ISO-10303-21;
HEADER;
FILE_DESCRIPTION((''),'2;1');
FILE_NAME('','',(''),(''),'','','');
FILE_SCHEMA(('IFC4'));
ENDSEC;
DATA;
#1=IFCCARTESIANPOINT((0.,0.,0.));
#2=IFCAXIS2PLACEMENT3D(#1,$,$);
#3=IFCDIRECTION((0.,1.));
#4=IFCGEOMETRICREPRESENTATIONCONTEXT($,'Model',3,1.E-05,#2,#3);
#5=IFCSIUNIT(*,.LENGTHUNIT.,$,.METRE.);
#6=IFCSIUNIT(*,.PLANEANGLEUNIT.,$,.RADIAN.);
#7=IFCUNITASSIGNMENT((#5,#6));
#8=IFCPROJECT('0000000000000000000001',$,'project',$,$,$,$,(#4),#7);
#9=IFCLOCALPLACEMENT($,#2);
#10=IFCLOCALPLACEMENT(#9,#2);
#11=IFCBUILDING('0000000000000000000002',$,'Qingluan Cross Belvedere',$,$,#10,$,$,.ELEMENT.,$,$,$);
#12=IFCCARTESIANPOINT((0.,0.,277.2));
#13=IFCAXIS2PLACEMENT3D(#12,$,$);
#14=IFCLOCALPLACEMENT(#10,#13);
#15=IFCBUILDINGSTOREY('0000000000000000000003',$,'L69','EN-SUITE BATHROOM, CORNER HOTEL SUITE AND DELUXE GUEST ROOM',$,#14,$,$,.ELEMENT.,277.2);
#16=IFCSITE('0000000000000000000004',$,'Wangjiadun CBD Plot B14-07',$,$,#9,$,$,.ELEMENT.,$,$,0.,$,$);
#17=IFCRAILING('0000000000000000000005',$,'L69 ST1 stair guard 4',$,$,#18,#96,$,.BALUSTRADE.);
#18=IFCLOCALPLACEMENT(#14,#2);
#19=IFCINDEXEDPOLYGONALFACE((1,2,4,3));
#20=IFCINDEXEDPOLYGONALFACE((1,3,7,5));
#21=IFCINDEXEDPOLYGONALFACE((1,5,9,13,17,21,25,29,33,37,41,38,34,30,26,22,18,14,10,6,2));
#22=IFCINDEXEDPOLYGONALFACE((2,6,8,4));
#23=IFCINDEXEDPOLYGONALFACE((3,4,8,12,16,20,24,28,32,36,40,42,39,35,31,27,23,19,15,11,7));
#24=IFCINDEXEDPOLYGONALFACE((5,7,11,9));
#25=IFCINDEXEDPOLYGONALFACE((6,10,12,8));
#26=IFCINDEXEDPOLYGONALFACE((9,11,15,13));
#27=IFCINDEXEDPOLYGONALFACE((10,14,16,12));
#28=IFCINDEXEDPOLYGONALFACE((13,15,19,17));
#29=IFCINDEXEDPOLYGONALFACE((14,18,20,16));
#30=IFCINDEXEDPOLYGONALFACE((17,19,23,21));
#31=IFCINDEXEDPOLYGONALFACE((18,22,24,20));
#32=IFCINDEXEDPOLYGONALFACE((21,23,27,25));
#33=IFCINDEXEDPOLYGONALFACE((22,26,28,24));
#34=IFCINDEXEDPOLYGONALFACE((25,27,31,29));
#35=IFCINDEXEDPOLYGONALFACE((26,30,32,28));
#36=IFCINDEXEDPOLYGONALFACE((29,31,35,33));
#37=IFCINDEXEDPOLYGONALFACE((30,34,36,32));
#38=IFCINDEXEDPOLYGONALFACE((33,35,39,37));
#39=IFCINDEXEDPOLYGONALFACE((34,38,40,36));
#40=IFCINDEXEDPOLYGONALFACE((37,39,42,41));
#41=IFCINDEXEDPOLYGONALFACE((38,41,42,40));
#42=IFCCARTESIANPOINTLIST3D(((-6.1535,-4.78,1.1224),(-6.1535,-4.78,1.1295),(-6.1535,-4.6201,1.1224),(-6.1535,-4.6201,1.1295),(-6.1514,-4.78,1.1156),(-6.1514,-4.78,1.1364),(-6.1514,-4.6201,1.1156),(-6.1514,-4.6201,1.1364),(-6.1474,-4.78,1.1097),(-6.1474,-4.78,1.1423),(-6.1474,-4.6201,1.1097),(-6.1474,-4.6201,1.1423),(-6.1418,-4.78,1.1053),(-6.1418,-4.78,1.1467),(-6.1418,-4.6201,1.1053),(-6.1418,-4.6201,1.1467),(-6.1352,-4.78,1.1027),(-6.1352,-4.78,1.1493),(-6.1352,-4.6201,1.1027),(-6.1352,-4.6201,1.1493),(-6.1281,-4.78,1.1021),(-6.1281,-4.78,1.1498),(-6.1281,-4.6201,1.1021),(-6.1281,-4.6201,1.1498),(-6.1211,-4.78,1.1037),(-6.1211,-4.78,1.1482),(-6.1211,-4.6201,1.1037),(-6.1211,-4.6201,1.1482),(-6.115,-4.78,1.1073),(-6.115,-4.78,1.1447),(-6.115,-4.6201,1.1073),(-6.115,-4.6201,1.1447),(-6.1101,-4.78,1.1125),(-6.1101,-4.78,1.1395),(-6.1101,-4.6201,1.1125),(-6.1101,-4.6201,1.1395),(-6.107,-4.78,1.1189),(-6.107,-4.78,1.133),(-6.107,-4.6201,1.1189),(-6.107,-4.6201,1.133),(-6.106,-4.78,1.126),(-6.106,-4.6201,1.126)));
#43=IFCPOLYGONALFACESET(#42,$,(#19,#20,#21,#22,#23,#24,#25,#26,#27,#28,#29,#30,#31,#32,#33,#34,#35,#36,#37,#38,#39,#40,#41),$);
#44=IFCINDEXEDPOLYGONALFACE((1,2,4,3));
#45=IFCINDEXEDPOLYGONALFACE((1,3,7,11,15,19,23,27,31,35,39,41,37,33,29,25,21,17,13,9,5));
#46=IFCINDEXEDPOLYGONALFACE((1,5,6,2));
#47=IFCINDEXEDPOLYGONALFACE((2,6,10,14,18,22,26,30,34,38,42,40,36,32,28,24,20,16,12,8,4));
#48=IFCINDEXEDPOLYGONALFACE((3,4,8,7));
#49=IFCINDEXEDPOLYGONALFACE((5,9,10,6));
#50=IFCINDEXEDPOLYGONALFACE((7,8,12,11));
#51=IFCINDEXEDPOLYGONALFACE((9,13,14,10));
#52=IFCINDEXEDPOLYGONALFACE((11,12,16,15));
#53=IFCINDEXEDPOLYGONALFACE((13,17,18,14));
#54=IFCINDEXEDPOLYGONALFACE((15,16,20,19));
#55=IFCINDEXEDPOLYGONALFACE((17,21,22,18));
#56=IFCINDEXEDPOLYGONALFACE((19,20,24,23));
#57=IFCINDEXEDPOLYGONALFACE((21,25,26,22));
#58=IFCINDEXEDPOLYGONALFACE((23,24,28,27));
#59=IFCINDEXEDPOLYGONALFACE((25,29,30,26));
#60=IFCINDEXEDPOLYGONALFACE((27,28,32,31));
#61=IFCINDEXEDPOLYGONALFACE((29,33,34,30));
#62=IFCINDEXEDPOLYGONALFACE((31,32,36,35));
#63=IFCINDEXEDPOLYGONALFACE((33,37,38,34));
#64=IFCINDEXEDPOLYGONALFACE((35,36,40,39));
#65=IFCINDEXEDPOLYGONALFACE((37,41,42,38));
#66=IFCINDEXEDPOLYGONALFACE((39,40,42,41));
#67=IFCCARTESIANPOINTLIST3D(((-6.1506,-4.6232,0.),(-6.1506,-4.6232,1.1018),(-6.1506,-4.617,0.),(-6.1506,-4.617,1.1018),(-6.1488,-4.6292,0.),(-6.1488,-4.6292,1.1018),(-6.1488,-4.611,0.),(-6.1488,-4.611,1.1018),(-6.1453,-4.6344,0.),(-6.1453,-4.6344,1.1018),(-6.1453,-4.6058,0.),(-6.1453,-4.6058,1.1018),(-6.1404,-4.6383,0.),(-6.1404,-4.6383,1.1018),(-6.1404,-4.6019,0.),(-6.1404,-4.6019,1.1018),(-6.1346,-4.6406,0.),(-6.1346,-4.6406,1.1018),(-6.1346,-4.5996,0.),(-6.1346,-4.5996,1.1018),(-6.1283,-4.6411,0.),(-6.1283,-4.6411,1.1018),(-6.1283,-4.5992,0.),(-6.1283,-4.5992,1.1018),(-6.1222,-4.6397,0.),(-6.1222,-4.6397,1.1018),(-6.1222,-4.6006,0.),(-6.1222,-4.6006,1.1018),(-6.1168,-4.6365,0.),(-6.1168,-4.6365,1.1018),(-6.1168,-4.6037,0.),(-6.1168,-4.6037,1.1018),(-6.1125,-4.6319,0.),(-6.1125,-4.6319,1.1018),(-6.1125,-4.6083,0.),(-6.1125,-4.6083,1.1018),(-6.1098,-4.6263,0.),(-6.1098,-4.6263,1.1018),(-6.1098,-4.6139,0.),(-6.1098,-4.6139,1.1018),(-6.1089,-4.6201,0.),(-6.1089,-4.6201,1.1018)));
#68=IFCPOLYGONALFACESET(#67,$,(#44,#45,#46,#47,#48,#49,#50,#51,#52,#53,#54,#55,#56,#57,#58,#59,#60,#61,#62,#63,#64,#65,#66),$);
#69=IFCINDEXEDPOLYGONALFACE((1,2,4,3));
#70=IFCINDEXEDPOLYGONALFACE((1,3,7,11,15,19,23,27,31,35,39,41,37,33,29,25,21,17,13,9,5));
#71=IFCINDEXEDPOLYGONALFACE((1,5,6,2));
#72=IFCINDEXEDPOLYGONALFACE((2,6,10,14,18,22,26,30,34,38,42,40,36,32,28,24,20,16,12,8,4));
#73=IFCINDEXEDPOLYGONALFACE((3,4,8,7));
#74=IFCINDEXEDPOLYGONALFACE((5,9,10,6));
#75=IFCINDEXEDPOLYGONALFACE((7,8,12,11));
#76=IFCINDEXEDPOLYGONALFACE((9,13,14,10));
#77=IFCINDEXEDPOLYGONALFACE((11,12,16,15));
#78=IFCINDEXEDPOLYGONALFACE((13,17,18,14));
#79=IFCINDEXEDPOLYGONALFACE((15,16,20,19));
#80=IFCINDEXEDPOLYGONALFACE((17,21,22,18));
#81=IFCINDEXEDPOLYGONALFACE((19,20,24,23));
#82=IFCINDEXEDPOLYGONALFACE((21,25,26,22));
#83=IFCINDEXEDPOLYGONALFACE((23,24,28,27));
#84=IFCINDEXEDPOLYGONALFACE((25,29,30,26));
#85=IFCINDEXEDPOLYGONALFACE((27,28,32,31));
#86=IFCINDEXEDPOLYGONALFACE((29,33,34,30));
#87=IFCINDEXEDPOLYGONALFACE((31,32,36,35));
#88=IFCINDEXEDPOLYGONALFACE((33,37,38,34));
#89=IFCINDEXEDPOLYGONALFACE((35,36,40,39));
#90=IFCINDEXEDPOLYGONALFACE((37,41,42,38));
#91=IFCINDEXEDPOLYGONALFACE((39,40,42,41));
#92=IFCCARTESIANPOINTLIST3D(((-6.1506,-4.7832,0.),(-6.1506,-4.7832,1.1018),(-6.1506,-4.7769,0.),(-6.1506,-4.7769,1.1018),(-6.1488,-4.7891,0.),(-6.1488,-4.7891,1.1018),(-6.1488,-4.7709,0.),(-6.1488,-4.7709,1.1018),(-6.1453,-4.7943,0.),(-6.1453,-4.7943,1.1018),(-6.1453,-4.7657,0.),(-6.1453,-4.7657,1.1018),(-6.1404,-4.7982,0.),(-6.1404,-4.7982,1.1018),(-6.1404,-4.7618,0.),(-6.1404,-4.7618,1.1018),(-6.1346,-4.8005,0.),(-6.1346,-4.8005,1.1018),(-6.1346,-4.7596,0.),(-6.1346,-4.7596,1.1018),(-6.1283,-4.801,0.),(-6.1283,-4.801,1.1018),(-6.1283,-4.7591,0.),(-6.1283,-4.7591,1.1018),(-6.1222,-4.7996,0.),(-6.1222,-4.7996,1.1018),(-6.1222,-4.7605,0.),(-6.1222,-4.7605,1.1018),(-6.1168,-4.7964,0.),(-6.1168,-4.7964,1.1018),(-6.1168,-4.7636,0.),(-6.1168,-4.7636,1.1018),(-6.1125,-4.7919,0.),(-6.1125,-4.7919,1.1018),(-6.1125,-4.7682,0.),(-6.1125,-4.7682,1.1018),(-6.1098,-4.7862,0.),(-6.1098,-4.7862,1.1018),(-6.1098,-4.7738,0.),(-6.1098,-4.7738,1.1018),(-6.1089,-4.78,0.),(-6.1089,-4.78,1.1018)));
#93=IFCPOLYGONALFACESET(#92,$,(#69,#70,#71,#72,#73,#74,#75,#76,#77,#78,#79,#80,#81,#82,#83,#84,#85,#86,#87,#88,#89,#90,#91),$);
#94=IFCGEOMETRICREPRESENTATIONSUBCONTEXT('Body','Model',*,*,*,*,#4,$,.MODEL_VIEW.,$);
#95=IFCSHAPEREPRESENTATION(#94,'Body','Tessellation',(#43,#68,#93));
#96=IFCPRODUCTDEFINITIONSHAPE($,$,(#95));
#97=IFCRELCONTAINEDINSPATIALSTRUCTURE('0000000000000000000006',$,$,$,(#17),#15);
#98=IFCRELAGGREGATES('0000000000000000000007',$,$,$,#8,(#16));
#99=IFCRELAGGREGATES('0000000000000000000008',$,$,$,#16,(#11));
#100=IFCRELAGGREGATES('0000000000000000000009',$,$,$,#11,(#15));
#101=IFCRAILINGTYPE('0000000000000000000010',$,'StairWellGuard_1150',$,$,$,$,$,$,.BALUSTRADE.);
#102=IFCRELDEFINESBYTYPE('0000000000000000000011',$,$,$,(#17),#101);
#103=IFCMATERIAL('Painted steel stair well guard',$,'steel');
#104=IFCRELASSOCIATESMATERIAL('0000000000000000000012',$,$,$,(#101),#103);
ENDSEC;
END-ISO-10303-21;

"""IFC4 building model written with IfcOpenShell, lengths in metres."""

from ifc_helpers import new_model, si_unit, direction, frame, origin, origin_2d, place, context, subcontext, project, spatial, circle, extrude, material, type_object, element, save


model = new_model("IFC4")

# Units and contexts
model_context = context("Model", 3, precision=1e-05, world=origin(), true_north=direction((0.0, 1.0)))
body_context = subcontext(model_context, "Body", "Model", "MODEL_VIEW")
ifc_project = project(units=[si_unit("LENGTHUNIT", "METRE"), si_unit("PLANEANGLEUNIT", "RADIAN")], contexts=[model_context])

# Site, building, storey
site_placement = place(None, origin())
site = spatial("IfcSite", under=ifc_project, at=site_placement, Name="Wangjiadun CBD Plot B14-07", CompositionType="ELEMENT", RefElevation=0.0)
building_placement = place(site_placement, origin())
building = spatial("IfcBuilding", under=site, at=building_placement, Name="Qingluan Cross Belvedere", CompositionType="ELEMENT")
storey_placement = place(building_placement, frame((0.0, 0.0, 277.2)))
storey = spatial("IfcBuildingStorey", under=building, at=storey_placement, Name="L69", Description="EN-SUITE BATHROOM, CORNER HOTEL SUITE AND DELUXE GUEST ROOM", CompositionType="ELEMENT", Elevation=277.2)

# Railing
ifc_material_1 = material(Name="Painted steel stair well guard", Category="steel")
railing_type_1 = type_object("IfcRailingType", Name="StairWellGuard_1150", PredefinedType="BALUSTRADE", material=ifc_material_1)
railing_1_placement = place(storey_placement, frame((-6.1299, -4.6201, 0.0)))
element("IfcRailing", 1, at=railing_1_placement, inside=storey, type_object=railing_type_1, Name="L69 ST1 stair guard 4", PredefinedType="BALUSTRADE", context=body_context, shape_type="SweptSolid", body=[
    extrude(circle(Radius=0.0239, at=origin_2d()), frame((0.0, 0.0, 1.126), z_axis=(0.0, -1.0, 0.0), x_axis=(1.0, 0.0, 0.0)), (0.0, 0.0, 1.0), 0.1599),
    extrude(circle(Radius=0.021, at=origin_2d()), origin(), (0.0, 0.0, 1.0), 1.1018),
    extrude(circle(Radius=0.021, at=origin_2d()), frame((0.0, -0.1599, 0.0)), (0.0, 0.0, 1.0), 1.1018),
])

save(model, "model.ifc")
